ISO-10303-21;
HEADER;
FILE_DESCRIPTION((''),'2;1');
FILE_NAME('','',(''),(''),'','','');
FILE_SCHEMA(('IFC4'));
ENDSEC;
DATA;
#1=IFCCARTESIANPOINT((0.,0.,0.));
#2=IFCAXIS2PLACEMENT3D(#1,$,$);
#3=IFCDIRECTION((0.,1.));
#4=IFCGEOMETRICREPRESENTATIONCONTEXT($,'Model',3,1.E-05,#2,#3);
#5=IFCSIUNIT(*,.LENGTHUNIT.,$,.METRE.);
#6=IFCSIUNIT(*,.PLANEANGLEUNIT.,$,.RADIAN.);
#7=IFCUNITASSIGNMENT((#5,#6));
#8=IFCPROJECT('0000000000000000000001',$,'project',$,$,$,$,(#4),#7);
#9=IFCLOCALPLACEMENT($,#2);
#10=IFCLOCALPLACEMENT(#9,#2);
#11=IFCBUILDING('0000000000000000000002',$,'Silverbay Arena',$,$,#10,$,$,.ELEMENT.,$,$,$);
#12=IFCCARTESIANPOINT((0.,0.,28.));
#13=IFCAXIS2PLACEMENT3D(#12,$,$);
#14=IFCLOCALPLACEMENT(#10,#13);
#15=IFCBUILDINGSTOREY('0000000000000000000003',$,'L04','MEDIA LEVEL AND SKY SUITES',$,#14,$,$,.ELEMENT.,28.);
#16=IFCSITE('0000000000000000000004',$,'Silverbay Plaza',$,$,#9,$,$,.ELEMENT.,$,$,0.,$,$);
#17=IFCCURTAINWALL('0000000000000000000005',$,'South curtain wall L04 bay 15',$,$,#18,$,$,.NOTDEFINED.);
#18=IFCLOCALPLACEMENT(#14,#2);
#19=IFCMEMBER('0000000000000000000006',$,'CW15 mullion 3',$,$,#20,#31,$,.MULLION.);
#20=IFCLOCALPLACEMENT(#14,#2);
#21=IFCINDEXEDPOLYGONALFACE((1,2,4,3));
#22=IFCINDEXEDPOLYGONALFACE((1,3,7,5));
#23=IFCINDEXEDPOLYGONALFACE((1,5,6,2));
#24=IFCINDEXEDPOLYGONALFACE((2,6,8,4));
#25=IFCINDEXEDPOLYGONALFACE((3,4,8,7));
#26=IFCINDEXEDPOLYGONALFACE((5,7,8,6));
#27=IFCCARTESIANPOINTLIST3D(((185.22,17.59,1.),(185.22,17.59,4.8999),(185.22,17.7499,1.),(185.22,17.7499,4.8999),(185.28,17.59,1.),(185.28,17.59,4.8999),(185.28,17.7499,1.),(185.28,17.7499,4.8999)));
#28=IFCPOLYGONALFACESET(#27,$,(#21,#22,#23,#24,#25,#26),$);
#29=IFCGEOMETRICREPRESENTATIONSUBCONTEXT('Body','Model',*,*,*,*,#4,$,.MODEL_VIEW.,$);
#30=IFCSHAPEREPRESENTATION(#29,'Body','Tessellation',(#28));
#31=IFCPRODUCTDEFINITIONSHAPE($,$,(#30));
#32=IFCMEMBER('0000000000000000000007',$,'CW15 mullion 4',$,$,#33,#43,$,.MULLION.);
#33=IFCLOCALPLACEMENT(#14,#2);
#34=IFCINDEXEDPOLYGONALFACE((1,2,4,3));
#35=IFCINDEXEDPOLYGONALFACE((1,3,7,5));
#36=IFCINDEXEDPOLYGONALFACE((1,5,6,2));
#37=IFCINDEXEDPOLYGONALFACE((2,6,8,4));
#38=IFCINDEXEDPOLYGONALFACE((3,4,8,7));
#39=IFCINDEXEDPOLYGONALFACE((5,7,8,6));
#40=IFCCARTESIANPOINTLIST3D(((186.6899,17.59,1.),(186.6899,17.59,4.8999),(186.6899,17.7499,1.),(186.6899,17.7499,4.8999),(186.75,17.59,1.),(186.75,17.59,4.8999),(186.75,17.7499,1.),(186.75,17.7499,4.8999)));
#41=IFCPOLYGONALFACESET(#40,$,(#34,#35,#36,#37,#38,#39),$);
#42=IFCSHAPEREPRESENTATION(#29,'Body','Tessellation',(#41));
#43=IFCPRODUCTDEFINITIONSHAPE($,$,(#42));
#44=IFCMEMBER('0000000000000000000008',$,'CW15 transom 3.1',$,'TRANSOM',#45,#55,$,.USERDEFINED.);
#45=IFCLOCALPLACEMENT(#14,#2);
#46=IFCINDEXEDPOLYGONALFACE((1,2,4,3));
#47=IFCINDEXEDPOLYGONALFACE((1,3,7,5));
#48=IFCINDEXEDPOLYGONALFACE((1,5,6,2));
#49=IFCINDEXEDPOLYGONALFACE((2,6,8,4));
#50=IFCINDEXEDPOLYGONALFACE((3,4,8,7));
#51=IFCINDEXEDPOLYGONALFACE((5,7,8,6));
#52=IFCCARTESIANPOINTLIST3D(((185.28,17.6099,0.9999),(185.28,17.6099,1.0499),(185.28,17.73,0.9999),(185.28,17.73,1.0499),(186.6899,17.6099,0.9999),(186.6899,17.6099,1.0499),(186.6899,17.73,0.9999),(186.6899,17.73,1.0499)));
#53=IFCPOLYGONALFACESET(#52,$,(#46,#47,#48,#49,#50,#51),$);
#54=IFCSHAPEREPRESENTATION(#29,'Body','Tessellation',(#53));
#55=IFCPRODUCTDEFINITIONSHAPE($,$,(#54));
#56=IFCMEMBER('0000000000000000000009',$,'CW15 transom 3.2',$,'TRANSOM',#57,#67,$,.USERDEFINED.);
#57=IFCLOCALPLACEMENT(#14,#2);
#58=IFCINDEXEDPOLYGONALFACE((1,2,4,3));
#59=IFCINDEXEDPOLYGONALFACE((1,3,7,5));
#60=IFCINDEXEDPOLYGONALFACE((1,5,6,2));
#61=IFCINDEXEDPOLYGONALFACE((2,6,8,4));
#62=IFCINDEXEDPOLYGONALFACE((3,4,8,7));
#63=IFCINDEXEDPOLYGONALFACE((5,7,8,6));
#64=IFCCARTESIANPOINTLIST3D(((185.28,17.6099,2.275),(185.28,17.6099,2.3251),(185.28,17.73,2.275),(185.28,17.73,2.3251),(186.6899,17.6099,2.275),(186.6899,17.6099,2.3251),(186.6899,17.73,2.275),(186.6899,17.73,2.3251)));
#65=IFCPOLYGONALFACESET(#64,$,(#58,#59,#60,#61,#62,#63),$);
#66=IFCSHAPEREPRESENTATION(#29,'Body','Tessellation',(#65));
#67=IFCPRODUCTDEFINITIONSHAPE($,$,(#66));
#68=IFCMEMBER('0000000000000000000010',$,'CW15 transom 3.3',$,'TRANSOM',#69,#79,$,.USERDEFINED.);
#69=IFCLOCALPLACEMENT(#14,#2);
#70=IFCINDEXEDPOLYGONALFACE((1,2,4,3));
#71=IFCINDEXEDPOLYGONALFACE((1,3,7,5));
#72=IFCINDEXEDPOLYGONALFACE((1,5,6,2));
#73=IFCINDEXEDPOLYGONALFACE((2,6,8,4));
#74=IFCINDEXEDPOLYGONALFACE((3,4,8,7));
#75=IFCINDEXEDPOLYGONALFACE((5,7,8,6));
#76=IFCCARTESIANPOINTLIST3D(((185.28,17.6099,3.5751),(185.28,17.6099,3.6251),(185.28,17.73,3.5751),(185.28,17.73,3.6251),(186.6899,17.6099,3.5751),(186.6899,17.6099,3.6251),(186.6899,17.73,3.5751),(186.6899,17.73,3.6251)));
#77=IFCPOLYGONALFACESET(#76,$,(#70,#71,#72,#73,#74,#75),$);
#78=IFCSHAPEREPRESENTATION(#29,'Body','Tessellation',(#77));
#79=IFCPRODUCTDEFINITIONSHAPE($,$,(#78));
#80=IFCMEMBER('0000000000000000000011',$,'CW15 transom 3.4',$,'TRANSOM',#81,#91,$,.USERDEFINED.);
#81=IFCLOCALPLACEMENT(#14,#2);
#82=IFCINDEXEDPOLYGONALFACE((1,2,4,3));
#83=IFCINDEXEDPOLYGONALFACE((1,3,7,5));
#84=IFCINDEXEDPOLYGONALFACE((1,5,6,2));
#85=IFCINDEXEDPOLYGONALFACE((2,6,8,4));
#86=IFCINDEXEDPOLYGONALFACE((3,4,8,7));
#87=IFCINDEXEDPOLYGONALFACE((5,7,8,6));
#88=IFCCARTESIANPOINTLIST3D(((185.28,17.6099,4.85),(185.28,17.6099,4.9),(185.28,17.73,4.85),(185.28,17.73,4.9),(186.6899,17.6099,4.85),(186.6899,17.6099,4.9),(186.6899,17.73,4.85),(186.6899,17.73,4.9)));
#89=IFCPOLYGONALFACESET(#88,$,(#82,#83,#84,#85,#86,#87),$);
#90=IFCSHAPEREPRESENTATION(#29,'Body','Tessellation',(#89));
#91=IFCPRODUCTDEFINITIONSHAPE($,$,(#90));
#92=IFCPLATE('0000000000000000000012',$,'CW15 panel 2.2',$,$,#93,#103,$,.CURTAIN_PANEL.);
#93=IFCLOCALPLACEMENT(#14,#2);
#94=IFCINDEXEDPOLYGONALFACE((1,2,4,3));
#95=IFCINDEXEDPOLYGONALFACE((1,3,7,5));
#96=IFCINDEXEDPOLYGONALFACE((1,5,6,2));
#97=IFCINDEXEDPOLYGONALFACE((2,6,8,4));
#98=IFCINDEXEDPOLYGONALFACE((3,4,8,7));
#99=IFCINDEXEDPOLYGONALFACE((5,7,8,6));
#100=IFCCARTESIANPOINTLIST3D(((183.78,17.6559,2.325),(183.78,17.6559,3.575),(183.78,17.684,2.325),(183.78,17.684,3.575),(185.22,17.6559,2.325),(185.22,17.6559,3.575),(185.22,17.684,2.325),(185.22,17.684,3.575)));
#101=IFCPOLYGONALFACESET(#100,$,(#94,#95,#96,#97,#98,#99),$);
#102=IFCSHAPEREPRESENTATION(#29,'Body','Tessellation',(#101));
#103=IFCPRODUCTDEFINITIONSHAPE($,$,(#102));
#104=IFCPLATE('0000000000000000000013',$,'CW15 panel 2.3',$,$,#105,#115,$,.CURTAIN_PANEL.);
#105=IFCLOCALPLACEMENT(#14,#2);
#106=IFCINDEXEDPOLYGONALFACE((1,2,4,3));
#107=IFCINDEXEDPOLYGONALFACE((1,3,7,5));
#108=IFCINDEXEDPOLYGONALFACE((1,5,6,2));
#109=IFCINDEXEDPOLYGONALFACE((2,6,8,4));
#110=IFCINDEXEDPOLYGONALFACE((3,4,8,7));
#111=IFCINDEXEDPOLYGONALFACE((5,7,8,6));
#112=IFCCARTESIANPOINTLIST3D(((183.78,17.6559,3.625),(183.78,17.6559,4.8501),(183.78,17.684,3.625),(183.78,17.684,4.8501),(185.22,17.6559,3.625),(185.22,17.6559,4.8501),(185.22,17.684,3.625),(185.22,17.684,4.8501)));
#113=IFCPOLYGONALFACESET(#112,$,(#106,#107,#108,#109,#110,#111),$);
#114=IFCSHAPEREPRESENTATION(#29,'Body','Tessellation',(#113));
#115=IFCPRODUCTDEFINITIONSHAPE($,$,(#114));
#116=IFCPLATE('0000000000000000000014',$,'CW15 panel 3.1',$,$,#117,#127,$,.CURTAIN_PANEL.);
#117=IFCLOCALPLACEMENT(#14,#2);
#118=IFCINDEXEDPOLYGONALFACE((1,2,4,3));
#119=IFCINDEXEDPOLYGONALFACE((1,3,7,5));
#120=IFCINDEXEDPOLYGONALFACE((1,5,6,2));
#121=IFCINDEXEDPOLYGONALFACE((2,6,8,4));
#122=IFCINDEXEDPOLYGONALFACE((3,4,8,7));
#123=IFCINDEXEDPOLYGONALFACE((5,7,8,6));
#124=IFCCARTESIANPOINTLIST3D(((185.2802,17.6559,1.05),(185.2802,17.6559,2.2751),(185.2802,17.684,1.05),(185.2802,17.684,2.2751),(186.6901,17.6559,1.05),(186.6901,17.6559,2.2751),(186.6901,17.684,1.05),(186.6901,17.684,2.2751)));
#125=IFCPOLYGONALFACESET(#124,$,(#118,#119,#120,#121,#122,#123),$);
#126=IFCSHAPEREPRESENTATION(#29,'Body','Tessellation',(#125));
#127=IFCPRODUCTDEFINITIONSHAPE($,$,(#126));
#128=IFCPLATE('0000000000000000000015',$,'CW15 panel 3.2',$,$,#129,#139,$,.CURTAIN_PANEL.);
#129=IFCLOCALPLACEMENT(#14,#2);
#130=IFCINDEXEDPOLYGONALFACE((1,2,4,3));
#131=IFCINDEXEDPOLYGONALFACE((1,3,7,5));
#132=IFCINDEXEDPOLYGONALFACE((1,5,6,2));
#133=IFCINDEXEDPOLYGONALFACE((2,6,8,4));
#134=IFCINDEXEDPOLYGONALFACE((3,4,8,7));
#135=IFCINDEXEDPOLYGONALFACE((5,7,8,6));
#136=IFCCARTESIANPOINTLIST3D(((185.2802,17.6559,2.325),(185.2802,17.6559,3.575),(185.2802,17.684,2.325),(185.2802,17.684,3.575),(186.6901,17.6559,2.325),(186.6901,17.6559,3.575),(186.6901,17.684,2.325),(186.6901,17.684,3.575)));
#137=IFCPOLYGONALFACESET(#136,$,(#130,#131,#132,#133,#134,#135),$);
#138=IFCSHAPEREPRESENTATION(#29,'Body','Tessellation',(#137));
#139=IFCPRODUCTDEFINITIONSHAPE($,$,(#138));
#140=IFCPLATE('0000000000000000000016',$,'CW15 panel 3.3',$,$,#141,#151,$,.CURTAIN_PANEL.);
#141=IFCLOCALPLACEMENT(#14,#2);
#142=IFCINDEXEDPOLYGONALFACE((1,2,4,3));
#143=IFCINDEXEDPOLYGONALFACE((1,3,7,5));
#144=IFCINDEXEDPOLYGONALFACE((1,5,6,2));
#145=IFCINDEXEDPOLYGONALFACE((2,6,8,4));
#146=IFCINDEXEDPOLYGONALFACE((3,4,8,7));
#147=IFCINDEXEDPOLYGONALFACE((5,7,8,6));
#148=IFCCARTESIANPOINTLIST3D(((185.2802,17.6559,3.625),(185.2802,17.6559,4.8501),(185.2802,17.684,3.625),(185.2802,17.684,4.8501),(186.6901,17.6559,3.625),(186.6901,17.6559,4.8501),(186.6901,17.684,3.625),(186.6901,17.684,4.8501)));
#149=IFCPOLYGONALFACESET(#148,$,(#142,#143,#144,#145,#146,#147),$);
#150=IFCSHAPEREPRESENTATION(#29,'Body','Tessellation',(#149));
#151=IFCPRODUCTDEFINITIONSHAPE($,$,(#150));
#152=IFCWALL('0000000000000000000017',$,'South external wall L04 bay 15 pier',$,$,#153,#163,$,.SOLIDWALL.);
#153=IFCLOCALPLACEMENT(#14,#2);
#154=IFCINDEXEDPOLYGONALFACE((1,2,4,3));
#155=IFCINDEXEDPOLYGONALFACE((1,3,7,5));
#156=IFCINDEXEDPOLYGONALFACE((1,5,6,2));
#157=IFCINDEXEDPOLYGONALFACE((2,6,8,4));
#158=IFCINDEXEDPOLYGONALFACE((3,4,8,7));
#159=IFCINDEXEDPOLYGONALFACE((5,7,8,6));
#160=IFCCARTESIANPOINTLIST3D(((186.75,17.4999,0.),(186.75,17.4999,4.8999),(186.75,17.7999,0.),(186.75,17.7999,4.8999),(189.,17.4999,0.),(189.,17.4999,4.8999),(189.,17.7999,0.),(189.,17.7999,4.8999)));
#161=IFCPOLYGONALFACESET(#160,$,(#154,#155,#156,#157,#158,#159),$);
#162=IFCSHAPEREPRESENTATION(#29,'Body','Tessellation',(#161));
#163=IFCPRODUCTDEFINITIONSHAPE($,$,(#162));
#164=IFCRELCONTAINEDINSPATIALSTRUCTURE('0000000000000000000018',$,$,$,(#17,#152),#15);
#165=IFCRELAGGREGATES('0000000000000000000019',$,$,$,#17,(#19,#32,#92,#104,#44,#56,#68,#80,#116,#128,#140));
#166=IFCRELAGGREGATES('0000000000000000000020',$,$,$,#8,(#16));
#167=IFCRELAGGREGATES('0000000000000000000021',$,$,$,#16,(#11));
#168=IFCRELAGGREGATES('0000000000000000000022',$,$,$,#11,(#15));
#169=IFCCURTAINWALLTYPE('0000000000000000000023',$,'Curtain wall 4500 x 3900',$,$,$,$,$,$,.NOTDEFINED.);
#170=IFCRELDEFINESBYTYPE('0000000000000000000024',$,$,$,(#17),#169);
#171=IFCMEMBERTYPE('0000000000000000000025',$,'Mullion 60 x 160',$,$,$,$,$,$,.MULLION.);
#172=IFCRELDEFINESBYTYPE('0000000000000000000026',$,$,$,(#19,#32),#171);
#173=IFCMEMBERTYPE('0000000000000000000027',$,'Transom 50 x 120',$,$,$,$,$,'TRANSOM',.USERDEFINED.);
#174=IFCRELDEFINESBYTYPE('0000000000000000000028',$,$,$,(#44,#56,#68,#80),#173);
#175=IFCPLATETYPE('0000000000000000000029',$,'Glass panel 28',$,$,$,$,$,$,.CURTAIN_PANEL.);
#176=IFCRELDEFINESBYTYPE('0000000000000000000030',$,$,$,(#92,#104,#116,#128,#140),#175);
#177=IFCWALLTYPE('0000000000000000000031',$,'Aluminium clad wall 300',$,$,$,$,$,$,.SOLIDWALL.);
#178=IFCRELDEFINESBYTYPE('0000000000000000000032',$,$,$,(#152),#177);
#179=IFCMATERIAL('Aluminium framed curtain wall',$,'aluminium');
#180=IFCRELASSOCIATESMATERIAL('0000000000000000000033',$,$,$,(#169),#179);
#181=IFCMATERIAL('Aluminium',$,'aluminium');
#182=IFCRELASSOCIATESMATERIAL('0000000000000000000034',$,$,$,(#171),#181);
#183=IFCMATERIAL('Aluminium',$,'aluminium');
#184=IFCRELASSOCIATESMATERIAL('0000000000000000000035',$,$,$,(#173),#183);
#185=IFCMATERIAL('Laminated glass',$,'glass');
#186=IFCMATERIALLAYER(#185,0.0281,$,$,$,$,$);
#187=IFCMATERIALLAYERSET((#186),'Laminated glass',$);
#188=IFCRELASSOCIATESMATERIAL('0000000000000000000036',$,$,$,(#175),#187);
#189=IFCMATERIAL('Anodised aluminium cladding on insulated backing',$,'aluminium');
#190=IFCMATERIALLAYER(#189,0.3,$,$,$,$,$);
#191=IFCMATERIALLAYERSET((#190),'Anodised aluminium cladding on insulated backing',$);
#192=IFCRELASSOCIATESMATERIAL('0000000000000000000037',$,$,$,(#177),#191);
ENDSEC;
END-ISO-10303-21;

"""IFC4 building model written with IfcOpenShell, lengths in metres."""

from ifc_helpers import new_model, si_unit, direction, frame, frame_2d, origin, origin_2d, place, context, subcontext, project, spatial, rectangle, extrude, material, layer, layer_set, material_profile, profile_set, type_object, element, aggregate, save


model = new_model("IFC4")

# Units and contexts
model_context = context("Model", 3, precision=1e-05, world=origin(), true_north=direction((0.0, 1.0)))
body_context = subcontext(model_context, "Body", "Model", "MODEL_VIEW")
ifc_project = project(units=[si_unit("LENGTHUNIT", "METRE"), si_unit("PLANEANGLEUNIT", "RADIAN")], contexts=[model_context])

# Site, building, storey
site_placement = place(None, origin())
site = spatial("IfcSite", under=ifc_project, at=site_placement, Name="Silverbay Plaza", CompositionType="ELEMENT", RefElevation=0.0)
building_placement = place(site_placement, origin())
building = spatial("IfcBuilding", under=site, at=building_placement, Name="Silverbay Arena", CompositionType="ELEMENT")
storey_placement = place(building_placement, frame((0.0, 0.0, 28.0)))
storey = spatial("IfcBuildingStorey", under=building, at=storey_placement, Name="L04", Description="MEDIA LEVEL AND SKY SUITES", CompositionType="ELEMENT", Elevation=28.0)

# Curtain wall, members, plates
ifc_material_1 = material(Name="Aluminium framed curtain wall", Category="aluminium")
curtain_wall_type = type_object("IfcCurtainWallType", Name="Curtain wall 4500 x 3900", PredefinedType="NOTDEFINED", material=ifc_material_1)
curtain_wall_placement = place(storey_placement, origin())
curtain_wall = element("IfcCurtainWall", 1, at=curtain_wall_placement, inside=storey, type_object=curtain_wall_type, Name="South curtain wall L04 bay 15", PredefinedType="NOTDEFINED")
ifc_material_2 = material(Name="Aluminium", Category="aluminium")
ifc_material_profile_1 = material_profile(ifc_material_2, rectangle(XDim=0.1599, YDim=0.0601, at=origin_2d()), Name="Mullion 60 x 160")
ifc_profile_set_1 = profile_set([ifc_material_profile_1], Name="Aluminium")
member_type_1 = type_object("IfcMemberType", Name="Mullion 60 x 160", PredefinedType="MULLION", material=ifc_profile_set_1)
member_1_placement = place(storey_placement, frame((185.25, 17.6699, 1.0), z_axis=(0.0, 0.0, 1.0), x_axis=(0.0, 1.0, 0.0)))
member_1 = element("IfcMember", 2, at=member_1_placement, type_object=member_type_1, Name="CW15 mullion 3", PredefinedType="MULLION", context=body_context, shape_type="SweptSolid", body=[
    extrude(rectangle(XDim=0.1599, YDim=0.0601, at=origin_2d()), origin(), (0.0, 0.0, 1.0), 3.8999),
])
member_2_placement = place(storey_placement, frame((186.72, 17.6699, 1.0), z_axis=(0.0, 0.0, 1.0), x_axis=(0.0, 1.0, 0.0)))
member_2 = element("IfcMember", 3, at=member_2_placement, type_object=member_type_1, Name="CW15 mullion 4", PredefinedType="MULLION", context=body_context, shape_type="SweptSolid", body=[
    extrude(rectangle(XDim=0.1599, YDim=0.0601, at=origin_2d()), origin(), (0.0, 0.0, 1.0), 3.8999),
])
ifc_material_3 = material(Name="Aluminium", Category="aluminium")
ifc_material_profile_2 = material_profile(ifc_material_3, rectangle(XDim=0.1201, YDim=0.05, at=origin_2d()), Name="Transom 50 x 120")
ifc_profile_set_2 = profile_set([ifc_material_profile_2], Name="Aluminium")
member_type_2 = type_object("IfcMemberType", Name="Transom 50 x 120", ElementType="TRANSOM", PredefinedType="USERDEFINED", material=ifc_profile_set_2)
member_3_placement = place(storey_placement, frame((185.28, 17.6699, 1.0249), z_axis=(1.0, 0.0, 0.0), x_axis=(0.0, 1.0, 0.0)))
member_3 = element("IfcMember", 4, at=member_3_placement, type_object=member_type_2, Name="CW15 transom 3.1", ObjectType="TRANSOM", PredefinedType="USERDEFINED", context=body_context, shape_type="SweptSolid", body=[
    extrude(rectangle(XDim=0.1201, YDim=0.05, at=origin_2d()), origin(), (0.0, 0.0, 1.0), 1.4099),
])
member_4_placement = place(storey_placement, frame((185.28, 17.6699, 2.3), z_axis=(1.0, 0.0, 0.0), x_axis=(0.0, 1.0, 0.0)))
member_4 = element("IfcMember", 5, at=member_4_placement, type_object=member_type_2, Name="CW15 transom 3.2", ObjectType="TRANSOM", PredefinedType="USERDEFINED", context=body_context, shape_type="SweptSolid", body=[
    extrude(rectangle(XDim=0.1201, YDim=0.05, at=origin_2d()), origin(), (0.0, 0.0, 1.0), 1.4099),
])
member_5_placement = place(storey_placement, frame((185.28, 17.6699, 3.6001), z_axis=(1.0, 0.0, 0.0), x_axis=(0.0, 1.0, 0.0)))
member_5 = element("IfcMember", 6, at=member_5_placement, type_object=member_type_2, Name="CW15 transom 3.3", ObjectType="TRANSOM", PredefinedType="USERDEFINED", context=body_context, shape_type="SweptSolid", body=[
    extrude(rectangle(XDim=0.1201, YDim=0.05, at=origin_2d()), origin(), (0.0, 0.0, 1.0), 1.4099),
])
member_6_placement = place(storey_placement, frame((185.28, 17.6699, 4.875), z_axis=(1.0, 0.0, 0.0), x_axis=(0.0, 1.0, 0.0)))
member_6 = element("IfcMember", 7, at=member_6_placement, type_object=member_type_2, Name="CW15 transom 3.4", ObjectType="TRANSOM", PredefinedType="USERDEFINED", context=body_context, shape_type="SweptSolid", body=[
    extrude(rectangle(XDim=0.1201, YDim=0.05, at=origin_2d()), origin(), (0.0, 0.0, 1.0), 1.4099),
])
ifc_material_4 = material(Name="Laminated glass", Category="glass")
ifc_layer_1 = layer(ifc_material_4, 0.0281)
ifc_layer_set_1 = layer_set([ifc_layer_1], Name="Laminated glass")
plate_type = type_object("IfcPlateType", Name="Glass panel 28", PredefinedType="CURTAIN_PANEL", material=ifc_layer_set_1)
plate_1_placement = place(storey_placement, frame((184.5, 17.6699, 2.325), z_axis=(0.0, 0.0, 1.0), x_axis=(1.0, 0.0, 0.0)))
plate_1 = element("IfcPlate", 8, at=plate_1_placement, type_object=plate_type, Name="CW15 panel 2.2", PredefinedType="CURTAIN_PANEL", context=body_context, shape_type="SweptSolid", body=[
    extrude(rectangle(XDim=1.4399, YDim=0.0281, at=origin_2d()), origin(), (0.0, 0.0, 1.0), 1.25),
])
plate_2_placement = place(storey_placement, frame((184.5, 17.6699, 3.625), z_axis=(0.0, 0.0, 1.0), x_axis=(1.0, 0.0, 0.0)))
plate_2 = element("IfcPlate", 9, at=plate_2_placement, type_object=plate_type, Name="CW15 panel 2.3", PredefinedType="CURTAIN_PANEL", context=body_context, shape_type="SweptSolid", body=[
    extrude(rectangle(XDim=1.4399, YDim=0.0281, at=origin_2d()), origin(), (0.0, 0.0, 1.0), 1.2251),
])
plate_3_placement = place(storey_placement, frame((185.9851, 17.6699, 1.05), z_axis=(0.0, 0.0, 1.0), x_axis=(1.0, 0.0, 0.0)))
plate_3 = element("IfcPlate", 10, at=plate_3_placement, type_object=plate_type, Name="CW15 panel 3.1", PredefinedType="CURTAIN_PANEL", context=body_context, shape_type="SweptSolid", body=[
    extrude(rectangle(XDim=1.4099, YDim=0.0281, at=origin_2d()), origin(), (0.0, 0.0, 1.0), 1.2251),
])
plate_4_placement = place(storey_placement, frame((185.9851, 17.6699, 2.325), z_axis=(0.0, 0.0, 1.0), x_axis=(1.0, 0.0, 0.0)))
plate_4 = element("IfcPlate", 11, at=plate_4_placement, type_object=plate_type, Name="CW15 panel 3.2", PredefinedType="CURTAIN_PANEL", context=body_context, shape_type="SweptSolid", body=[
    extrude(rectangle(XDim=1.4099, YDim=0.0281, at=origin_2d()), origin(), (0.0, 0.0, 1.0), 1.25),
])
plate_5_placement = place(storey_placement, frame((185.9851, 17.6699, 3.625), z_axis=(0.0, 0.0, 1.0), x_axis=(1.0, 0.0, 0.0)))
plate_5 = element("IfcPlate", 12, at=plate_5_placement, type_object=plate_type, Name="CW15 panel 3.3", PredefinedType="CURTAIN_PANEL", context=body_context, shape_type="SweptSolid", body=[
    extrude(rectangle(XDim=1.4099, YDim=0.0281, at=origin_2d()), origin(), (0.0, 0.0, 1.0), 1.2251),
])
aggregate(curtain_wall, [member_1, member_2, plate_1, plate_2, member_3, member_4, member_5, member_6, plate_3, plate_4, plate_5])

# Wall
ifc_material_5 = material(Name="Anodised aluminium cladding on insulated backing", Category="aluminium")
ifc_layer_2 = layer(ifc_material_5, 0.3)
ifc_layer_set_2 = layer_set([ifc_layer_2], Name="Anodised aluminium cladding on insulated backing")
wall_type_1 = type_object("IfcWallType", Name="Aluminium clad wall 300", PredefinedType="SOLIDWALL", material=ifc_layer_set_2)
wall_1_placement = place(storey_placement, frame((186.75, 17.6499, 0.0), z_axis=(0.0, 0.0, 1.0), x_axis=(1.0, 0.0, 0.0)))
element("IfcWall", 13, at=wall_1_placement, inside=storey, type_object=wall_type_1, Name="South external wall L04 bay 15 pier", PredefinedType="SOLIDWALL", context=body_context, shape_type="SweptSolid", body=[
    extrude(rectangle(XDim=2.25, YDim=0.3, at=frame_2d((1.125, 0.0))), origin(), (0.0, 0.0, 1.0), 4.8999),
])

save(model, "model.ifc")
